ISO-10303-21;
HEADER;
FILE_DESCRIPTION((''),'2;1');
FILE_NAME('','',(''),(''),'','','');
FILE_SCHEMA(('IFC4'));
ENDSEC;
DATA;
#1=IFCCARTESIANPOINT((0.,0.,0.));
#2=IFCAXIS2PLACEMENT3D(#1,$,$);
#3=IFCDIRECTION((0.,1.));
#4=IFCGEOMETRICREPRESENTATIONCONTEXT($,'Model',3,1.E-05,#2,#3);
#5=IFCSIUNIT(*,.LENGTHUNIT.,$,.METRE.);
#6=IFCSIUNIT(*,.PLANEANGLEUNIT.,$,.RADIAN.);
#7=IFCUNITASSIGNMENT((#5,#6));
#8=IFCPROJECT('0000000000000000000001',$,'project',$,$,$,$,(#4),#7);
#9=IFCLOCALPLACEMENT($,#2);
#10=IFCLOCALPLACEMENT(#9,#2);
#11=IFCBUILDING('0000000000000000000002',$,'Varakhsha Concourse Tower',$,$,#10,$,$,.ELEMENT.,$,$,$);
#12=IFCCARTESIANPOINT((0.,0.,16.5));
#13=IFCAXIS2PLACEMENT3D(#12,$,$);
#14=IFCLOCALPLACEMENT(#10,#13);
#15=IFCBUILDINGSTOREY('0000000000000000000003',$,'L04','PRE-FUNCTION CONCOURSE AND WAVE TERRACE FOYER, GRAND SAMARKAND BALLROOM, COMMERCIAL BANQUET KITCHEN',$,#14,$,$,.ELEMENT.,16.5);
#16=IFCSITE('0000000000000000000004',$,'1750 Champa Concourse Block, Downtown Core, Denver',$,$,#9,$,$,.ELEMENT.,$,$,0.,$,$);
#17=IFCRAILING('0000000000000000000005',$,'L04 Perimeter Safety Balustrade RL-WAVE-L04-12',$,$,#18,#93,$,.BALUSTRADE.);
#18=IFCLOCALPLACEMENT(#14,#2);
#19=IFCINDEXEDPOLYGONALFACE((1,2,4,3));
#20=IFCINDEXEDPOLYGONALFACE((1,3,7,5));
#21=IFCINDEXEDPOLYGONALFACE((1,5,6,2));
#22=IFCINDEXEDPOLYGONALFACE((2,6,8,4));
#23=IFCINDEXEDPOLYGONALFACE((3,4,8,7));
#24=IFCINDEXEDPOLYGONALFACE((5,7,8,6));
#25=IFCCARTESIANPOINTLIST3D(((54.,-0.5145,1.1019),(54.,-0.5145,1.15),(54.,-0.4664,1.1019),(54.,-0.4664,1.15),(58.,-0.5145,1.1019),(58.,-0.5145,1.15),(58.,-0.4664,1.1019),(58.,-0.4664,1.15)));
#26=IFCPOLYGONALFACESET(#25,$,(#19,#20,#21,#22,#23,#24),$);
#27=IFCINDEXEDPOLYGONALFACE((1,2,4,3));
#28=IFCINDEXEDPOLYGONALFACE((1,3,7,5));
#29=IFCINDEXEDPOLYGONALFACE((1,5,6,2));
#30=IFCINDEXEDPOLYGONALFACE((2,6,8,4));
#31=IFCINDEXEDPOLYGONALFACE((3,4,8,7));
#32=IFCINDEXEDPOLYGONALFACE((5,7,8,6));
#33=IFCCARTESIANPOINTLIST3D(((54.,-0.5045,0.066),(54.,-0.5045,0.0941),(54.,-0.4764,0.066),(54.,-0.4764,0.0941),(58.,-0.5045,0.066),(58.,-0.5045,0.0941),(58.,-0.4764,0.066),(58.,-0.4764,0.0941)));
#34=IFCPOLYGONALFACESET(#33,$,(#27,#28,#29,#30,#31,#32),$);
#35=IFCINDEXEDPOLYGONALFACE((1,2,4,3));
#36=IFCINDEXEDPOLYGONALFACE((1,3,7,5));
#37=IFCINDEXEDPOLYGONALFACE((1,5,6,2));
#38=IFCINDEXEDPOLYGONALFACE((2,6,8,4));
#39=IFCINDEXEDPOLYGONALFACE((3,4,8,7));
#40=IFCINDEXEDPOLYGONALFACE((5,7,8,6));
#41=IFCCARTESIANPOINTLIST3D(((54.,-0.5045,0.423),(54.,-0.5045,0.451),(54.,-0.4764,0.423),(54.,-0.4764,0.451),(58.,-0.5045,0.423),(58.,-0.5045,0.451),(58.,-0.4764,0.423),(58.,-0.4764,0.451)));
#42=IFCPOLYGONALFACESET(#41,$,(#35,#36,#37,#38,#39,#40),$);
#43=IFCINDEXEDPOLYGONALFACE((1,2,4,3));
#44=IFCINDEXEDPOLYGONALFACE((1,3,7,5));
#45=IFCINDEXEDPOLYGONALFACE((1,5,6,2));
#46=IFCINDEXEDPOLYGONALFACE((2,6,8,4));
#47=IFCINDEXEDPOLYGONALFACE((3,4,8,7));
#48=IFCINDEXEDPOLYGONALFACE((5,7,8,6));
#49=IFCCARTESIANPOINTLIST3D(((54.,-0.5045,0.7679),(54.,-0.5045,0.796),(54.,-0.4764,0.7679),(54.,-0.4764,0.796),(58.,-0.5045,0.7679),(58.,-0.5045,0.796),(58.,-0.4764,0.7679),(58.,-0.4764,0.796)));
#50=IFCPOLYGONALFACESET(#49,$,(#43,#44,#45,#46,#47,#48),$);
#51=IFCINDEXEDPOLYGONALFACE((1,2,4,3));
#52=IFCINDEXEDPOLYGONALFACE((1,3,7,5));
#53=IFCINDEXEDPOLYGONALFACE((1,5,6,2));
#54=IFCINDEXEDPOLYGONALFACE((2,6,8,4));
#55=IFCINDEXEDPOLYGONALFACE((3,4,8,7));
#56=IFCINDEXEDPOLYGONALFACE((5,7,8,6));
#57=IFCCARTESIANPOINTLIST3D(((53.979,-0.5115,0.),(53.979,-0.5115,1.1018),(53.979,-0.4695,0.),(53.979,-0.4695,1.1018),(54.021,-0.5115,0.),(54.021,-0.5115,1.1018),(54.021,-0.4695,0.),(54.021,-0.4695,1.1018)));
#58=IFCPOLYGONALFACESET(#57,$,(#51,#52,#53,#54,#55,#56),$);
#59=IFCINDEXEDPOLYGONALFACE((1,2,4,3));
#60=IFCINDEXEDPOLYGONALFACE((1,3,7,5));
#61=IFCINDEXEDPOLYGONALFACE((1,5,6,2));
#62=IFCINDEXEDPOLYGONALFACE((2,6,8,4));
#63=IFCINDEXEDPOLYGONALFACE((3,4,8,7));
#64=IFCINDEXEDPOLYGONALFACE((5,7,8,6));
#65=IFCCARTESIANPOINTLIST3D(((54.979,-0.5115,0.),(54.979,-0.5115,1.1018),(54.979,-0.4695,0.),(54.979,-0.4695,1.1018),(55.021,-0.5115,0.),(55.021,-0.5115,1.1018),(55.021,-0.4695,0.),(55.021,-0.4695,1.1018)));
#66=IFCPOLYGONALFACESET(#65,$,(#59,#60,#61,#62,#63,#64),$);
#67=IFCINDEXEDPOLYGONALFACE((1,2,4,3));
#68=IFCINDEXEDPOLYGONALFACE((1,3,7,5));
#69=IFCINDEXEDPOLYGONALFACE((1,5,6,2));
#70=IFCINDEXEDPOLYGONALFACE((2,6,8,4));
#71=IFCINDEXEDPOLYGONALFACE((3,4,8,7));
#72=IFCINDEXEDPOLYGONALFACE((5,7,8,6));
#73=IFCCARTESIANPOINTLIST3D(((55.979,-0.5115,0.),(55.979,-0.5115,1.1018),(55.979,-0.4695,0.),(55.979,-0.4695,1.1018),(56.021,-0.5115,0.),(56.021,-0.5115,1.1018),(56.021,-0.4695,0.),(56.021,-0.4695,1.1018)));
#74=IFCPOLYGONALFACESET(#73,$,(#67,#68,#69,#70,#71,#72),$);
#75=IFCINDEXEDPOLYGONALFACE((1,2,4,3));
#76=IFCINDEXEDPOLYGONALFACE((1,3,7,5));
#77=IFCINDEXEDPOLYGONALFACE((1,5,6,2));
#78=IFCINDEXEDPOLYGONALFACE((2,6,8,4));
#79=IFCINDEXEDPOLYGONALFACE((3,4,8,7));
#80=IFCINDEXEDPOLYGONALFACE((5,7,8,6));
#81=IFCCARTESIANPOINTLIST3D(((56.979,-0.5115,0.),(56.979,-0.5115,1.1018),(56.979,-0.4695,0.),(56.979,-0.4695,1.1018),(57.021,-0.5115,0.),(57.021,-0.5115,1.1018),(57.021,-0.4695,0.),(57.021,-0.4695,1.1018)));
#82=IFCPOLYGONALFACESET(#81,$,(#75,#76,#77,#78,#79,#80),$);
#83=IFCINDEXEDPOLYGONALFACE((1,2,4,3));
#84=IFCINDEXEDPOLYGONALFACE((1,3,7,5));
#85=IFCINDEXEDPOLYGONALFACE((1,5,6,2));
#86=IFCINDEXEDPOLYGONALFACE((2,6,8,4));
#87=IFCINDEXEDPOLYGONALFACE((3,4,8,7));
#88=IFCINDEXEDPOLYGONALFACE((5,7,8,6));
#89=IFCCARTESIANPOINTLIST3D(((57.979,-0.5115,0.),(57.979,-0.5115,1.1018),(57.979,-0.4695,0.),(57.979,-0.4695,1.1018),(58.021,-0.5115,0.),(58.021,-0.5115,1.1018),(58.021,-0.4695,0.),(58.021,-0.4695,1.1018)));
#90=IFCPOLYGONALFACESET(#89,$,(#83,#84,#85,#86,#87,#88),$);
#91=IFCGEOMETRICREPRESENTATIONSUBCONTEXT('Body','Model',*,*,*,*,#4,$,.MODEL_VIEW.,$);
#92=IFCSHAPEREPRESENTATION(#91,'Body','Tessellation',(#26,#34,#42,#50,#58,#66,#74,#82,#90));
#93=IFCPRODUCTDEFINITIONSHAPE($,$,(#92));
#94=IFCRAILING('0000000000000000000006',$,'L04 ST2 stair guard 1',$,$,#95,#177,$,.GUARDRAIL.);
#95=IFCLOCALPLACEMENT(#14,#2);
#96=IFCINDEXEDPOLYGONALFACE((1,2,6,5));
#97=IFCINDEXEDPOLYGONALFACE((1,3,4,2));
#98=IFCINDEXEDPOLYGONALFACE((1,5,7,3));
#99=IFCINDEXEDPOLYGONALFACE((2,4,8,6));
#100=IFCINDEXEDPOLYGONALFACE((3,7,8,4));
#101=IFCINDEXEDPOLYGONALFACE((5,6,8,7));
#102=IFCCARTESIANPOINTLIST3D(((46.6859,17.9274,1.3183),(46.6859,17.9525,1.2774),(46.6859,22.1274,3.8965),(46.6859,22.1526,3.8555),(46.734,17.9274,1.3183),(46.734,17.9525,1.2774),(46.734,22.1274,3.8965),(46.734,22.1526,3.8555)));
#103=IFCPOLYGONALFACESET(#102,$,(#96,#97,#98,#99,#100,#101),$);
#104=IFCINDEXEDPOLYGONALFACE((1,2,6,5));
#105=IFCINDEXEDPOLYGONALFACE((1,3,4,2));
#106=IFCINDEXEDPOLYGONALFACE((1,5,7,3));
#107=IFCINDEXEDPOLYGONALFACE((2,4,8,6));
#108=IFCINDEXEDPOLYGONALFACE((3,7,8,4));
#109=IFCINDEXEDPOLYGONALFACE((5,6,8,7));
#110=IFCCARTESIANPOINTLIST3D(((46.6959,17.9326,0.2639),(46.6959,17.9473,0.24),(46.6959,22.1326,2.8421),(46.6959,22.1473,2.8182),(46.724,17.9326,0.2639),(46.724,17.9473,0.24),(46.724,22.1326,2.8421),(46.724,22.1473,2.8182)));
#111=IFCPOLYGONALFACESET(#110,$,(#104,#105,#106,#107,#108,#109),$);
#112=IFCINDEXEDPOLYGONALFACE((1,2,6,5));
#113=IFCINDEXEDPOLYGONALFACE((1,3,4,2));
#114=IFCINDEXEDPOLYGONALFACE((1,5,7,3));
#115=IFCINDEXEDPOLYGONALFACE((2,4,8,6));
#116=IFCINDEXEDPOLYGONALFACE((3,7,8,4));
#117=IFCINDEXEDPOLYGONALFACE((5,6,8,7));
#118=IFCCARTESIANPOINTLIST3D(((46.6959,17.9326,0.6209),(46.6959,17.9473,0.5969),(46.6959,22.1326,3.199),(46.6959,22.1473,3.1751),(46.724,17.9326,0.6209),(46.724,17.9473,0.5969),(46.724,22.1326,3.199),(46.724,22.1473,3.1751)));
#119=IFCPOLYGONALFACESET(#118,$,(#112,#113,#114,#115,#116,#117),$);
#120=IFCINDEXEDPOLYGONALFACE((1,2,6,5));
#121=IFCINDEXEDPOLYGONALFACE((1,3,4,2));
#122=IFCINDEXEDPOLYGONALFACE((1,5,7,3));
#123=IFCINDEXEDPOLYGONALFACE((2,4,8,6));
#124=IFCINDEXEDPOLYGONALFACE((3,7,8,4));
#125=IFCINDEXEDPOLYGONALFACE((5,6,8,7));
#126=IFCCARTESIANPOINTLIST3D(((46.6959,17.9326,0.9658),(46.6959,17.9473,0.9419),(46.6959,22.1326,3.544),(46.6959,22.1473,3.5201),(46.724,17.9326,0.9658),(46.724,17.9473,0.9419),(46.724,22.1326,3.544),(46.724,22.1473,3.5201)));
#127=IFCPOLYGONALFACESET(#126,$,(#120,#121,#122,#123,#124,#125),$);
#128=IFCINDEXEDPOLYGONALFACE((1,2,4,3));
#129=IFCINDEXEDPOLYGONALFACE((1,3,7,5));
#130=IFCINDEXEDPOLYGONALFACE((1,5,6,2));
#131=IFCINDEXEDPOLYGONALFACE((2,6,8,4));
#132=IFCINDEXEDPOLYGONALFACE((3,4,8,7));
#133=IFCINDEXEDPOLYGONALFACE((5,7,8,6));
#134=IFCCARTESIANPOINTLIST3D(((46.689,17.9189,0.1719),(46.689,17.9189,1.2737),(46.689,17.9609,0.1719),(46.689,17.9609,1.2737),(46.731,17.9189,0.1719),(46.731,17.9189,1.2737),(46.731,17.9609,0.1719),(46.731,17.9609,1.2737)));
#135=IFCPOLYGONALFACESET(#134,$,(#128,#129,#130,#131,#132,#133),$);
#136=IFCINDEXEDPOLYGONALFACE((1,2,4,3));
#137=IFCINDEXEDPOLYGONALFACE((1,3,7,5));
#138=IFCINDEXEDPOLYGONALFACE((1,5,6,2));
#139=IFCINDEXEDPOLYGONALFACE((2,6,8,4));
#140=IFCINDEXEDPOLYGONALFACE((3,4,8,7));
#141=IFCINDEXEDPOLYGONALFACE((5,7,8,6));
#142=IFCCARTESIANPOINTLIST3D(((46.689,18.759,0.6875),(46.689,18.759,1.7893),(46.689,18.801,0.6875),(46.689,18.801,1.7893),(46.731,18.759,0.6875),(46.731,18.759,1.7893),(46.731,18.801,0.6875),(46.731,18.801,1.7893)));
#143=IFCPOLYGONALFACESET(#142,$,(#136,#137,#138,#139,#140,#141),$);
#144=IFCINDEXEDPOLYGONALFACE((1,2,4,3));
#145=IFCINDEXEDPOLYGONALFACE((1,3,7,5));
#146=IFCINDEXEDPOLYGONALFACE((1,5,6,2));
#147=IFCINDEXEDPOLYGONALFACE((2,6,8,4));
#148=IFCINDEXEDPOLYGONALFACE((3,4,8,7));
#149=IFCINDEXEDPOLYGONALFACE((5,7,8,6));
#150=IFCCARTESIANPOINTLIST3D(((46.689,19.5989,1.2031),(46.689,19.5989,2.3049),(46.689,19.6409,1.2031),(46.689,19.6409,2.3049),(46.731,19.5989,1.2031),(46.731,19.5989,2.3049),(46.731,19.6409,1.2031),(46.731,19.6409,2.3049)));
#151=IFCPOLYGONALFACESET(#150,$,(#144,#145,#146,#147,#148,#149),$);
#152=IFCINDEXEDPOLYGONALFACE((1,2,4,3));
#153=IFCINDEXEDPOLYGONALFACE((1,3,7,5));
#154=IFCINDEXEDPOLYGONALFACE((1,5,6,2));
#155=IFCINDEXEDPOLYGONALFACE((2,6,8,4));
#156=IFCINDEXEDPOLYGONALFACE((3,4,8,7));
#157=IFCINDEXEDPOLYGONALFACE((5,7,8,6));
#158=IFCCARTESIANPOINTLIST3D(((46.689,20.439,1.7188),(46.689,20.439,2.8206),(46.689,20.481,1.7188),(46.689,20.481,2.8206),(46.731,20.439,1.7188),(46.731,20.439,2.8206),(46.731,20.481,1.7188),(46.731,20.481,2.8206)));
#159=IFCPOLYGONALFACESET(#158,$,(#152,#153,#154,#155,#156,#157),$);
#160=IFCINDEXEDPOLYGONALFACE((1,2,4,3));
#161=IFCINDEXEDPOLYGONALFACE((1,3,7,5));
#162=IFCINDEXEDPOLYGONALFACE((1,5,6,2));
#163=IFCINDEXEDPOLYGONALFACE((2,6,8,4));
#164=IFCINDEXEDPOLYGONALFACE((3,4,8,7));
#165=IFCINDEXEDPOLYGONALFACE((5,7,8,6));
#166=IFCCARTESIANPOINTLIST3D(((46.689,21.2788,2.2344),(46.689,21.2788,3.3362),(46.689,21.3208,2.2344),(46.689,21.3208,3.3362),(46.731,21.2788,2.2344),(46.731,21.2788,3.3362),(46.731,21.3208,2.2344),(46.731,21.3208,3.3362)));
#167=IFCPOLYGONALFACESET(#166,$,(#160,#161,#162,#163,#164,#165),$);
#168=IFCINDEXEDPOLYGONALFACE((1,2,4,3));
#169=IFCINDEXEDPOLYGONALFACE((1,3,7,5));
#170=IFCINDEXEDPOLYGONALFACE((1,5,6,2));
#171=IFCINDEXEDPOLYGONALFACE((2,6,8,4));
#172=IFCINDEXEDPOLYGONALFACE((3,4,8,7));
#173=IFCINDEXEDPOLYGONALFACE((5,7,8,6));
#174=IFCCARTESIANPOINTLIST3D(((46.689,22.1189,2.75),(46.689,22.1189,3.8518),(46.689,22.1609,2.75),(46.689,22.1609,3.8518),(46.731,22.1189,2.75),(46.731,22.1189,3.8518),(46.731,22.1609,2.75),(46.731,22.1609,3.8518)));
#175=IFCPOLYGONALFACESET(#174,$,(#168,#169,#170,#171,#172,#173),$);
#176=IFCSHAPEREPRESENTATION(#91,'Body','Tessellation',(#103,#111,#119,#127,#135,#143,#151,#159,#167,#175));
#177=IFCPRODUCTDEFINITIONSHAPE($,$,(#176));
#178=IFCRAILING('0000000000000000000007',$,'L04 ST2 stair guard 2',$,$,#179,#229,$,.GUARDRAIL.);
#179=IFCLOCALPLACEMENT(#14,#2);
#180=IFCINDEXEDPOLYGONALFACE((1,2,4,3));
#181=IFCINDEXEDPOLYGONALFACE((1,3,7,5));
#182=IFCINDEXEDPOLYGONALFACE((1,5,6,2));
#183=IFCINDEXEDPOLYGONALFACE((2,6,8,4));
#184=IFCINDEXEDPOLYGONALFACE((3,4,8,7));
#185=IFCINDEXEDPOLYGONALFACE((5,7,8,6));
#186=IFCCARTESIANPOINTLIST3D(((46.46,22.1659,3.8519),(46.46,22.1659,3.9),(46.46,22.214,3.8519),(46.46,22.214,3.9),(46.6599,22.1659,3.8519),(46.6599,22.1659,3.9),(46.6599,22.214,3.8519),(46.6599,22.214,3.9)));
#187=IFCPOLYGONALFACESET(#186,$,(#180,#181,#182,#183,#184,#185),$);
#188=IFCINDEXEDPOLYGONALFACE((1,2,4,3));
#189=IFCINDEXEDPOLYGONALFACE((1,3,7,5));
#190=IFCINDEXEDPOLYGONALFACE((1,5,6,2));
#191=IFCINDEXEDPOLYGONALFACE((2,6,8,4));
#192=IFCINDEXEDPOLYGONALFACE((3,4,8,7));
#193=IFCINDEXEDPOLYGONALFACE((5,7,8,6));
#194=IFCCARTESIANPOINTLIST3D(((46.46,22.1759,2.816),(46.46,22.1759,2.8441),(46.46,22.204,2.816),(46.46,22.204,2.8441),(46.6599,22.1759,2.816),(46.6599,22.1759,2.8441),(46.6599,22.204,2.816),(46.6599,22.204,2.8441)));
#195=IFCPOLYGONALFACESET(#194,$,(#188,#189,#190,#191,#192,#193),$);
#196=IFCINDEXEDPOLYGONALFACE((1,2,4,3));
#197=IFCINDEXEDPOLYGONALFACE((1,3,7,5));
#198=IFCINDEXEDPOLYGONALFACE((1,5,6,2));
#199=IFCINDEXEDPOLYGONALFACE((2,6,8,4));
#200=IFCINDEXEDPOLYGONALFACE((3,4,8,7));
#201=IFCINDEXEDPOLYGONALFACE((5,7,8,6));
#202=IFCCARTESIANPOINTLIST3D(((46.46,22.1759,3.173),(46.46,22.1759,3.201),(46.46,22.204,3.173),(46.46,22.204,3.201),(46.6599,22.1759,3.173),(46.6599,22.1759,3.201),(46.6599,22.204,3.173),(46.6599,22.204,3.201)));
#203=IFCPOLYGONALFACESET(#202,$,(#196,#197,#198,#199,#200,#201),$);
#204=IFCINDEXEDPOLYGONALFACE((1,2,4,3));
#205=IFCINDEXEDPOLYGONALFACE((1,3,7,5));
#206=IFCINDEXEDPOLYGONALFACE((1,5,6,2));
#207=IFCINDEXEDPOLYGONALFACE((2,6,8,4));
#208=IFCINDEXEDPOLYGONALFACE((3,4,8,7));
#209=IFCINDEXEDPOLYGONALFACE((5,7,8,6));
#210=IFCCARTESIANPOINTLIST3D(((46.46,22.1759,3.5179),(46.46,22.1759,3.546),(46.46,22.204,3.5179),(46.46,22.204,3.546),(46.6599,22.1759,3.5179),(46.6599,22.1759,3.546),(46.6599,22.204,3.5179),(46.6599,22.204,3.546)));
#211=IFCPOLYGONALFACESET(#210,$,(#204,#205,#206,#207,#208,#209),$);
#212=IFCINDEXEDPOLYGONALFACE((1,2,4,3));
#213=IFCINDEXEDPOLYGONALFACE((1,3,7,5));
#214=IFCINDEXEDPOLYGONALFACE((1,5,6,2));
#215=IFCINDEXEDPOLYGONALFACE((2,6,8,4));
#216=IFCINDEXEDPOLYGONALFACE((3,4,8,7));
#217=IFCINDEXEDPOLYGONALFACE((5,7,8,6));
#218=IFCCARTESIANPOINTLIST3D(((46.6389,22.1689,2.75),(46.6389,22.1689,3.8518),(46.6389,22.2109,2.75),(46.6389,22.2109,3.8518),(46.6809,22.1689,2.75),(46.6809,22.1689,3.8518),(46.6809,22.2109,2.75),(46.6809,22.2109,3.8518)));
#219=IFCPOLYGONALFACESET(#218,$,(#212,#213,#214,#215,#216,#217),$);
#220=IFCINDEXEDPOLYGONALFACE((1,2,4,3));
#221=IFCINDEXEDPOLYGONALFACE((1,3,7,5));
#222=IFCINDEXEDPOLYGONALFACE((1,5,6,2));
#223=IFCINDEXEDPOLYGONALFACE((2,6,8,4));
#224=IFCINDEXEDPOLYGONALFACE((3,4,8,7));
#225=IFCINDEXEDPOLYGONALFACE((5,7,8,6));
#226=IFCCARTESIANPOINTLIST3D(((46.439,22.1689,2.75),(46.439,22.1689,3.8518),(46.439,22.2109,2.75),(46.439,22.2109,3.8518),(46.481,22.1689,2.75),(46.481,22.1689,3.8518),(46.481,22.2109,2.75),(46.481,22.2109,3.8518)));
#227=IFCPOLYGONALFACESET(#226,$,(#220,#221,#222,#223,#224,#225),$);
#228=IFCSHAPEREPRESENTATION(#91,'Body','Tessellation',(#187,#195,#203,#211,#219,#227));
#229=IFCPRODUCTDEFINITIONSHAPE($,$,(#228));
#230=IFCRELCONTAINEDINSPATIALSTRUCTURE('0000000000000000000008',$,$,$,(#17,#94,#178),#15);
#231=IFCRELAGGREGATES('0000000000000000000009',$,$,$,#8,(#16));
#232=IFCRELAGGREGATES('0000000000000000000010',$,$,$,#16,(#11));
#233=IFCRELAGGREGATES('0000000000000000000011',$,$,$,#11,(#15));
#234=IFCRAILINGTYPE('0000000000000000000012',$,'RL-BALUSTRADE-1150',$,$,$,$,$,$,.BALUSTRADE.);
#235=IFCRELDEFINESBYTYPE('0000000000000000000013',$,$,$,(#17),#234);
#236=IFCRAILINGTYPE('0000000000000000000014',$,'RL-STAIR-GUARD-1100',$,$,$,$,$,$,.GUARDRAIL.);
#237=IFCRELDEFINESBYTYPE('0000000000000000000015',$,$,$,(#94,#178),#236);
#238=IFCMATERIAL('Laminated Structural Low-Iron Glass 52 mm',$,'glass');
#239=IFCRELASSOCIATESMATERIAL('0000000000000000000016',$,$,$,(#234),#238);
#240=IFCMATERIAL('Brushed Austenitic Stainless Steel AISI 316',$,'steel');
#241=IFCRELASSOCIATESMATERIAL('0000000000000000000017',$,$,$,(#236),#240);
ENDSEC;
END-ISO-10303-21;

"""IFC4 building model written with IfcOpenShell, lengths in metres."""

from ifc_helpers import new_model, si_unit, direction, frame, origin, origin_2d, place, context, subcontext, project, spatial, rectangle, extrude, material, type_object, element, save


model = new_model("IFC4")

# Units and contexts
model_context = context("Model", 3, precision=1e-05, world=origin(), true_north=direction((0.0, 1.0)))
body_context = subcontext(model_context, "Body", "Model", "MODEL_VIEW")
ifc_project = project(units=[si_unit("LENGTHUNIT", "METRE"), si_unit("PLANEANGLEUNIT", "RADIAN")], contexts=[model_context])

# Site, building, storey
site_placement = place(None, origin())
site = spatial("IfcSite", under=ifc_project, at=site_placement, Name="1750 Champa Concourse Block, Downtown Core, Denver", CompositionType="ELEMENT", RefElevation=0.0)
building_placement = place(site_placement, origin())
building = spatial("IfcBuilding", under=site, at=building_placement, Name="Varakhsha Concourse Tower", CompositionType="ELEMENT")
storey_placement = place(building_placement, frame((0.0, 0.0, 16.5)))
storey = spatial("IfcBuildingStorey", under=building, at=storey_placement, Name="L04", Description="PRE-FUNCTION CONCOURSE AND WAVE TERRACE FOYER, GRAND SAMARKAND BALLROOM, COMMERCIAL BANQUET KITCHEN", CompositionType="ELEMENT", Elevation=16.5)

# Railings
ifc_material_1 = material(Name="Laminated Structural Low-Iron Glass 52 mm", Category="glass")
railing_type_1 = type_object("IfcRailingType", Name="RL-BALUSTRADE-1150", PredefinedType="BALUSTRADE", material=ifc_material_1)
railing_1_placement = place(storey_placement, frame((54.0, -0.4905, 0.0)))
element("IfcRailing", 1, at=railing_1_placement, inside=storey, type_object=railing_type_1, Name="L04 Perimeter Safety Balustrade RL-WAVE-L04-12", PredefinedType="BALUSTRADE", context=body_context, shape_type="SweptSolid", body=[
    extrude(rectangle(XDim=0.0481, YDim=0.0481, at=origin_2d()), frame((0.0, 0.0, 1.126), z_axis=(1.0, 0.0, 0.0), x_axis=(0.0, 1.0, 0.0)), (0.0, 0.0, 1.0), 4.0),
    extrude(rectangle(XDim=0.0281, YDim=0.0281, at=origin_2d()), frame((0.0, 0.0, 0.0801), z_axis=(1.0, 0.0, 0.0), x_axis=(0.0, 1.0, 0.0)), (0.0, 0.0, 1.0), 4.0),
    extrude(rectangle(XDim=0.0281, YDim=0.0281, at=origin_2d()), frame((0.0, 0.0, 0.437), z_axis=(1.0, 0.0, 0.0), x_axis=(0.0, 1.0, 0.0)), (0.0, 0.0, 1.0), 4.0),
    extrude(rectangle(XDim=0.0281, YDim=0.0281, at=origin_2d()), frame((0.0, 0.0, 0.782), z_axis=(1.0, 0.0, 0.0), x_axis=(0.0, 1.0, 0.0)), (0.0, 0.0, 1.0), 4.0),
    extrude(rectangle(XDim=0.042, YDim=0.042, at=origin_2d()), origin(), (0.0, 0.0, 1.0), 1.1018),
    extrude(rectangle(XDim=0.042, YDim=0.042, at=origin_2d()), frame((1.0, 0.0, 0.0)), (0.0, 0.0, 1.0), 1.1018),
    extrude(rectangle(XDim=0.042, YDim=0.042, at=origin_2d()), frame((2.0, 0.0, 0.0)), (0.0, 0.0, 1.0), 1.1018),
    extrude(rectangle(XDim=0.042, YDim=0.042, at=origin_2d()), frame((3.0, 0.0, 0.0)), (0.0, 0.0, 1.0), 1.1018),
    extrude(rectangle(XDim=0.042, YDim=0.042, at=origin_2d()), frame((4.0, 0.0, 0.0)), (0.0, 0.0, 1.0), 1.1018),
])
ifc_material_2 = material(Name="Brushed Austenitic Stainless Steel AISI 316", Category="steel")
railing_type_2 = type_object("IfcRailingType", Name="RL-STAIR-GUARD-1100", PredefinedType="GUARDRAIL", material=ifc_material_2)
railing_2_placement = place(storey_placement, frame((46.71, 17.9399, 0.1719)))
element("IfcRailing", 2, at=railing_2_placement, inside=storey, type_object=railing_type_2, Name="L04 ST2 stair guard 1", PredefinedType="GUARDRAIL", context=body_context, shape_type="SweptSolid", body=[
    extrude(rectangle(XDim=0.0481, YDim=0.0481, at=origin_2d()), frame((0.0, 0.0, 1.126), z_axis=(0.0, 0.852243, 0.523146), x_axis=(-1.0, 0.0, 0.0)), (0.0, 0.0, 1.0), 4.9282),
    extrude(rectangle(XDim=0.0281, YDim=0.0281, at=origin_2d()), frame((0.0, 0.0, 0.0801), z_axis=(0.0, 0.852243, 0.523146), x_axis=(-1.0, 0.0, 0.0)), (0.0, 0.0, 1.0), 4.9282),
    extrude(rectangle(XDim=0.0281, YDim=0.0281, at=origin_2d()), frame((0.0, 0.0, 0.437), z_axis=(0.0, 0.852243, 0.523146), x_axis=(-1.0, 0.0, 0.0)), (0.0, 0.0, 1.0), 4.9282),
    extrude(rectangle(XDim=0.0281, YDim=0.0281, at=origin_2d()), frame((0.0, 0.0, 0.782), z_axis=(0.0, 0.852243, 0.523146), x_axis=(-1.0, 0.0, 0.0)), (0.0, 0.0, 1.0), 4.9282),
    extrude(rectangle(XDim=0.042, YDim=0.042, at=origin_2d()), origin(), (0.0, 0.0, 1.0), 1.1018),
    extrude(rectangle(XDim=0.042, YDim=0.042, at=origin_2d()), frame((0.0, 0.8401, 0.5156)), (0.0, 0.0, 1.0), 1.1018),
    extrude(rectangle(XDim=0.042, YDim=0.042, at=origin_2d()), frame((0.0, 1.6799, 1.0312)), (0.0, 0.0, 1.0), 1.1018),
    extrude(rectangle(XDim=0.042, YDim=0.042, at=origin_2d()), frame((0.0, 2.52, 1.5469)), (0.0, 0.0, 1.0), 1.1018),
    extrude(rectangle(XDim=0.042, YDim=0.042, at=origin_2d()), frame((0.0, 3.3599, 2.0625)), (0.0, 0.0, 1.0), 1.1018),
    extrude(rectangle(XDim=0.042, YDim=0.042, at=origin_2d()), frame((0.0, 4.2, 2.5781)), (0.0, 0.0, 1.0), 1.1018),
])
railing_3_placement = place(storey_placement, frame((46.6599, 22.1899, 2.75)))
element("IfcRailing", 3, at=railing_3_placement, inside=storey, type_object=railing_type_2, Name="L04 ST2 stair guard 2", PredefinedType="GUARDRAIL", context=body_context, shape_type="SweptSolid", body=[
    extrude(rectangle(XDim=0.0481, YDim=0.0481, at=origin_2d()), frame((0.0, 0.0, 1.126), z_axis=(-1.0, 0.0, 0.0), x_axis=(0.0, -1.0, 0.0)), (0.0, 0.0, 1.0), 0.2),
    extrude(rectangle(XDim=0.0281, YDim=0.0281, at=origin_2d()), frame((0.0, 0.0, 0.0801), z_axis=(-1.0, 0.0, 0.0), x_axis=(0.0, -1.0, 0.0)), (0.0, 0.0, 1.0), 0.2),
    extrude(rectangle(XDim=0.0281, YDim=0.0281, at=origin_2d()), frame((0.0, 0.0, 0.437), z_axis=(-1.0, 0.0, 0.0), x_axis=(0.0, -1.0, 0.0)), (0.0, 0.0, 1.0), 0.2),
    extrude(rectangle(XDim=0.0281, YDim=0.0281, at=origin_2d()), frame((0.0, 0.0, 0.782), z_axis=(-1.0, 0.0, 0.0), x_axis=(0.0, -1.0, 0.0)), (0.0, 0.0, 1.0), 0.2),
    extrude(rectangle(XDim=0.042, YDim=0.042, at=origin_2d()), origin(), (0.0, 0.0, 1.0), 1.1018),
    extrude(rectangle(XDim=0.042, YDim=0.042, at=origin_2d()), frame((-0.2, 0.0, 0.0)), (0.0, 0.0, 1.0), 1.1018),
])

save(model, "model.ifc")
